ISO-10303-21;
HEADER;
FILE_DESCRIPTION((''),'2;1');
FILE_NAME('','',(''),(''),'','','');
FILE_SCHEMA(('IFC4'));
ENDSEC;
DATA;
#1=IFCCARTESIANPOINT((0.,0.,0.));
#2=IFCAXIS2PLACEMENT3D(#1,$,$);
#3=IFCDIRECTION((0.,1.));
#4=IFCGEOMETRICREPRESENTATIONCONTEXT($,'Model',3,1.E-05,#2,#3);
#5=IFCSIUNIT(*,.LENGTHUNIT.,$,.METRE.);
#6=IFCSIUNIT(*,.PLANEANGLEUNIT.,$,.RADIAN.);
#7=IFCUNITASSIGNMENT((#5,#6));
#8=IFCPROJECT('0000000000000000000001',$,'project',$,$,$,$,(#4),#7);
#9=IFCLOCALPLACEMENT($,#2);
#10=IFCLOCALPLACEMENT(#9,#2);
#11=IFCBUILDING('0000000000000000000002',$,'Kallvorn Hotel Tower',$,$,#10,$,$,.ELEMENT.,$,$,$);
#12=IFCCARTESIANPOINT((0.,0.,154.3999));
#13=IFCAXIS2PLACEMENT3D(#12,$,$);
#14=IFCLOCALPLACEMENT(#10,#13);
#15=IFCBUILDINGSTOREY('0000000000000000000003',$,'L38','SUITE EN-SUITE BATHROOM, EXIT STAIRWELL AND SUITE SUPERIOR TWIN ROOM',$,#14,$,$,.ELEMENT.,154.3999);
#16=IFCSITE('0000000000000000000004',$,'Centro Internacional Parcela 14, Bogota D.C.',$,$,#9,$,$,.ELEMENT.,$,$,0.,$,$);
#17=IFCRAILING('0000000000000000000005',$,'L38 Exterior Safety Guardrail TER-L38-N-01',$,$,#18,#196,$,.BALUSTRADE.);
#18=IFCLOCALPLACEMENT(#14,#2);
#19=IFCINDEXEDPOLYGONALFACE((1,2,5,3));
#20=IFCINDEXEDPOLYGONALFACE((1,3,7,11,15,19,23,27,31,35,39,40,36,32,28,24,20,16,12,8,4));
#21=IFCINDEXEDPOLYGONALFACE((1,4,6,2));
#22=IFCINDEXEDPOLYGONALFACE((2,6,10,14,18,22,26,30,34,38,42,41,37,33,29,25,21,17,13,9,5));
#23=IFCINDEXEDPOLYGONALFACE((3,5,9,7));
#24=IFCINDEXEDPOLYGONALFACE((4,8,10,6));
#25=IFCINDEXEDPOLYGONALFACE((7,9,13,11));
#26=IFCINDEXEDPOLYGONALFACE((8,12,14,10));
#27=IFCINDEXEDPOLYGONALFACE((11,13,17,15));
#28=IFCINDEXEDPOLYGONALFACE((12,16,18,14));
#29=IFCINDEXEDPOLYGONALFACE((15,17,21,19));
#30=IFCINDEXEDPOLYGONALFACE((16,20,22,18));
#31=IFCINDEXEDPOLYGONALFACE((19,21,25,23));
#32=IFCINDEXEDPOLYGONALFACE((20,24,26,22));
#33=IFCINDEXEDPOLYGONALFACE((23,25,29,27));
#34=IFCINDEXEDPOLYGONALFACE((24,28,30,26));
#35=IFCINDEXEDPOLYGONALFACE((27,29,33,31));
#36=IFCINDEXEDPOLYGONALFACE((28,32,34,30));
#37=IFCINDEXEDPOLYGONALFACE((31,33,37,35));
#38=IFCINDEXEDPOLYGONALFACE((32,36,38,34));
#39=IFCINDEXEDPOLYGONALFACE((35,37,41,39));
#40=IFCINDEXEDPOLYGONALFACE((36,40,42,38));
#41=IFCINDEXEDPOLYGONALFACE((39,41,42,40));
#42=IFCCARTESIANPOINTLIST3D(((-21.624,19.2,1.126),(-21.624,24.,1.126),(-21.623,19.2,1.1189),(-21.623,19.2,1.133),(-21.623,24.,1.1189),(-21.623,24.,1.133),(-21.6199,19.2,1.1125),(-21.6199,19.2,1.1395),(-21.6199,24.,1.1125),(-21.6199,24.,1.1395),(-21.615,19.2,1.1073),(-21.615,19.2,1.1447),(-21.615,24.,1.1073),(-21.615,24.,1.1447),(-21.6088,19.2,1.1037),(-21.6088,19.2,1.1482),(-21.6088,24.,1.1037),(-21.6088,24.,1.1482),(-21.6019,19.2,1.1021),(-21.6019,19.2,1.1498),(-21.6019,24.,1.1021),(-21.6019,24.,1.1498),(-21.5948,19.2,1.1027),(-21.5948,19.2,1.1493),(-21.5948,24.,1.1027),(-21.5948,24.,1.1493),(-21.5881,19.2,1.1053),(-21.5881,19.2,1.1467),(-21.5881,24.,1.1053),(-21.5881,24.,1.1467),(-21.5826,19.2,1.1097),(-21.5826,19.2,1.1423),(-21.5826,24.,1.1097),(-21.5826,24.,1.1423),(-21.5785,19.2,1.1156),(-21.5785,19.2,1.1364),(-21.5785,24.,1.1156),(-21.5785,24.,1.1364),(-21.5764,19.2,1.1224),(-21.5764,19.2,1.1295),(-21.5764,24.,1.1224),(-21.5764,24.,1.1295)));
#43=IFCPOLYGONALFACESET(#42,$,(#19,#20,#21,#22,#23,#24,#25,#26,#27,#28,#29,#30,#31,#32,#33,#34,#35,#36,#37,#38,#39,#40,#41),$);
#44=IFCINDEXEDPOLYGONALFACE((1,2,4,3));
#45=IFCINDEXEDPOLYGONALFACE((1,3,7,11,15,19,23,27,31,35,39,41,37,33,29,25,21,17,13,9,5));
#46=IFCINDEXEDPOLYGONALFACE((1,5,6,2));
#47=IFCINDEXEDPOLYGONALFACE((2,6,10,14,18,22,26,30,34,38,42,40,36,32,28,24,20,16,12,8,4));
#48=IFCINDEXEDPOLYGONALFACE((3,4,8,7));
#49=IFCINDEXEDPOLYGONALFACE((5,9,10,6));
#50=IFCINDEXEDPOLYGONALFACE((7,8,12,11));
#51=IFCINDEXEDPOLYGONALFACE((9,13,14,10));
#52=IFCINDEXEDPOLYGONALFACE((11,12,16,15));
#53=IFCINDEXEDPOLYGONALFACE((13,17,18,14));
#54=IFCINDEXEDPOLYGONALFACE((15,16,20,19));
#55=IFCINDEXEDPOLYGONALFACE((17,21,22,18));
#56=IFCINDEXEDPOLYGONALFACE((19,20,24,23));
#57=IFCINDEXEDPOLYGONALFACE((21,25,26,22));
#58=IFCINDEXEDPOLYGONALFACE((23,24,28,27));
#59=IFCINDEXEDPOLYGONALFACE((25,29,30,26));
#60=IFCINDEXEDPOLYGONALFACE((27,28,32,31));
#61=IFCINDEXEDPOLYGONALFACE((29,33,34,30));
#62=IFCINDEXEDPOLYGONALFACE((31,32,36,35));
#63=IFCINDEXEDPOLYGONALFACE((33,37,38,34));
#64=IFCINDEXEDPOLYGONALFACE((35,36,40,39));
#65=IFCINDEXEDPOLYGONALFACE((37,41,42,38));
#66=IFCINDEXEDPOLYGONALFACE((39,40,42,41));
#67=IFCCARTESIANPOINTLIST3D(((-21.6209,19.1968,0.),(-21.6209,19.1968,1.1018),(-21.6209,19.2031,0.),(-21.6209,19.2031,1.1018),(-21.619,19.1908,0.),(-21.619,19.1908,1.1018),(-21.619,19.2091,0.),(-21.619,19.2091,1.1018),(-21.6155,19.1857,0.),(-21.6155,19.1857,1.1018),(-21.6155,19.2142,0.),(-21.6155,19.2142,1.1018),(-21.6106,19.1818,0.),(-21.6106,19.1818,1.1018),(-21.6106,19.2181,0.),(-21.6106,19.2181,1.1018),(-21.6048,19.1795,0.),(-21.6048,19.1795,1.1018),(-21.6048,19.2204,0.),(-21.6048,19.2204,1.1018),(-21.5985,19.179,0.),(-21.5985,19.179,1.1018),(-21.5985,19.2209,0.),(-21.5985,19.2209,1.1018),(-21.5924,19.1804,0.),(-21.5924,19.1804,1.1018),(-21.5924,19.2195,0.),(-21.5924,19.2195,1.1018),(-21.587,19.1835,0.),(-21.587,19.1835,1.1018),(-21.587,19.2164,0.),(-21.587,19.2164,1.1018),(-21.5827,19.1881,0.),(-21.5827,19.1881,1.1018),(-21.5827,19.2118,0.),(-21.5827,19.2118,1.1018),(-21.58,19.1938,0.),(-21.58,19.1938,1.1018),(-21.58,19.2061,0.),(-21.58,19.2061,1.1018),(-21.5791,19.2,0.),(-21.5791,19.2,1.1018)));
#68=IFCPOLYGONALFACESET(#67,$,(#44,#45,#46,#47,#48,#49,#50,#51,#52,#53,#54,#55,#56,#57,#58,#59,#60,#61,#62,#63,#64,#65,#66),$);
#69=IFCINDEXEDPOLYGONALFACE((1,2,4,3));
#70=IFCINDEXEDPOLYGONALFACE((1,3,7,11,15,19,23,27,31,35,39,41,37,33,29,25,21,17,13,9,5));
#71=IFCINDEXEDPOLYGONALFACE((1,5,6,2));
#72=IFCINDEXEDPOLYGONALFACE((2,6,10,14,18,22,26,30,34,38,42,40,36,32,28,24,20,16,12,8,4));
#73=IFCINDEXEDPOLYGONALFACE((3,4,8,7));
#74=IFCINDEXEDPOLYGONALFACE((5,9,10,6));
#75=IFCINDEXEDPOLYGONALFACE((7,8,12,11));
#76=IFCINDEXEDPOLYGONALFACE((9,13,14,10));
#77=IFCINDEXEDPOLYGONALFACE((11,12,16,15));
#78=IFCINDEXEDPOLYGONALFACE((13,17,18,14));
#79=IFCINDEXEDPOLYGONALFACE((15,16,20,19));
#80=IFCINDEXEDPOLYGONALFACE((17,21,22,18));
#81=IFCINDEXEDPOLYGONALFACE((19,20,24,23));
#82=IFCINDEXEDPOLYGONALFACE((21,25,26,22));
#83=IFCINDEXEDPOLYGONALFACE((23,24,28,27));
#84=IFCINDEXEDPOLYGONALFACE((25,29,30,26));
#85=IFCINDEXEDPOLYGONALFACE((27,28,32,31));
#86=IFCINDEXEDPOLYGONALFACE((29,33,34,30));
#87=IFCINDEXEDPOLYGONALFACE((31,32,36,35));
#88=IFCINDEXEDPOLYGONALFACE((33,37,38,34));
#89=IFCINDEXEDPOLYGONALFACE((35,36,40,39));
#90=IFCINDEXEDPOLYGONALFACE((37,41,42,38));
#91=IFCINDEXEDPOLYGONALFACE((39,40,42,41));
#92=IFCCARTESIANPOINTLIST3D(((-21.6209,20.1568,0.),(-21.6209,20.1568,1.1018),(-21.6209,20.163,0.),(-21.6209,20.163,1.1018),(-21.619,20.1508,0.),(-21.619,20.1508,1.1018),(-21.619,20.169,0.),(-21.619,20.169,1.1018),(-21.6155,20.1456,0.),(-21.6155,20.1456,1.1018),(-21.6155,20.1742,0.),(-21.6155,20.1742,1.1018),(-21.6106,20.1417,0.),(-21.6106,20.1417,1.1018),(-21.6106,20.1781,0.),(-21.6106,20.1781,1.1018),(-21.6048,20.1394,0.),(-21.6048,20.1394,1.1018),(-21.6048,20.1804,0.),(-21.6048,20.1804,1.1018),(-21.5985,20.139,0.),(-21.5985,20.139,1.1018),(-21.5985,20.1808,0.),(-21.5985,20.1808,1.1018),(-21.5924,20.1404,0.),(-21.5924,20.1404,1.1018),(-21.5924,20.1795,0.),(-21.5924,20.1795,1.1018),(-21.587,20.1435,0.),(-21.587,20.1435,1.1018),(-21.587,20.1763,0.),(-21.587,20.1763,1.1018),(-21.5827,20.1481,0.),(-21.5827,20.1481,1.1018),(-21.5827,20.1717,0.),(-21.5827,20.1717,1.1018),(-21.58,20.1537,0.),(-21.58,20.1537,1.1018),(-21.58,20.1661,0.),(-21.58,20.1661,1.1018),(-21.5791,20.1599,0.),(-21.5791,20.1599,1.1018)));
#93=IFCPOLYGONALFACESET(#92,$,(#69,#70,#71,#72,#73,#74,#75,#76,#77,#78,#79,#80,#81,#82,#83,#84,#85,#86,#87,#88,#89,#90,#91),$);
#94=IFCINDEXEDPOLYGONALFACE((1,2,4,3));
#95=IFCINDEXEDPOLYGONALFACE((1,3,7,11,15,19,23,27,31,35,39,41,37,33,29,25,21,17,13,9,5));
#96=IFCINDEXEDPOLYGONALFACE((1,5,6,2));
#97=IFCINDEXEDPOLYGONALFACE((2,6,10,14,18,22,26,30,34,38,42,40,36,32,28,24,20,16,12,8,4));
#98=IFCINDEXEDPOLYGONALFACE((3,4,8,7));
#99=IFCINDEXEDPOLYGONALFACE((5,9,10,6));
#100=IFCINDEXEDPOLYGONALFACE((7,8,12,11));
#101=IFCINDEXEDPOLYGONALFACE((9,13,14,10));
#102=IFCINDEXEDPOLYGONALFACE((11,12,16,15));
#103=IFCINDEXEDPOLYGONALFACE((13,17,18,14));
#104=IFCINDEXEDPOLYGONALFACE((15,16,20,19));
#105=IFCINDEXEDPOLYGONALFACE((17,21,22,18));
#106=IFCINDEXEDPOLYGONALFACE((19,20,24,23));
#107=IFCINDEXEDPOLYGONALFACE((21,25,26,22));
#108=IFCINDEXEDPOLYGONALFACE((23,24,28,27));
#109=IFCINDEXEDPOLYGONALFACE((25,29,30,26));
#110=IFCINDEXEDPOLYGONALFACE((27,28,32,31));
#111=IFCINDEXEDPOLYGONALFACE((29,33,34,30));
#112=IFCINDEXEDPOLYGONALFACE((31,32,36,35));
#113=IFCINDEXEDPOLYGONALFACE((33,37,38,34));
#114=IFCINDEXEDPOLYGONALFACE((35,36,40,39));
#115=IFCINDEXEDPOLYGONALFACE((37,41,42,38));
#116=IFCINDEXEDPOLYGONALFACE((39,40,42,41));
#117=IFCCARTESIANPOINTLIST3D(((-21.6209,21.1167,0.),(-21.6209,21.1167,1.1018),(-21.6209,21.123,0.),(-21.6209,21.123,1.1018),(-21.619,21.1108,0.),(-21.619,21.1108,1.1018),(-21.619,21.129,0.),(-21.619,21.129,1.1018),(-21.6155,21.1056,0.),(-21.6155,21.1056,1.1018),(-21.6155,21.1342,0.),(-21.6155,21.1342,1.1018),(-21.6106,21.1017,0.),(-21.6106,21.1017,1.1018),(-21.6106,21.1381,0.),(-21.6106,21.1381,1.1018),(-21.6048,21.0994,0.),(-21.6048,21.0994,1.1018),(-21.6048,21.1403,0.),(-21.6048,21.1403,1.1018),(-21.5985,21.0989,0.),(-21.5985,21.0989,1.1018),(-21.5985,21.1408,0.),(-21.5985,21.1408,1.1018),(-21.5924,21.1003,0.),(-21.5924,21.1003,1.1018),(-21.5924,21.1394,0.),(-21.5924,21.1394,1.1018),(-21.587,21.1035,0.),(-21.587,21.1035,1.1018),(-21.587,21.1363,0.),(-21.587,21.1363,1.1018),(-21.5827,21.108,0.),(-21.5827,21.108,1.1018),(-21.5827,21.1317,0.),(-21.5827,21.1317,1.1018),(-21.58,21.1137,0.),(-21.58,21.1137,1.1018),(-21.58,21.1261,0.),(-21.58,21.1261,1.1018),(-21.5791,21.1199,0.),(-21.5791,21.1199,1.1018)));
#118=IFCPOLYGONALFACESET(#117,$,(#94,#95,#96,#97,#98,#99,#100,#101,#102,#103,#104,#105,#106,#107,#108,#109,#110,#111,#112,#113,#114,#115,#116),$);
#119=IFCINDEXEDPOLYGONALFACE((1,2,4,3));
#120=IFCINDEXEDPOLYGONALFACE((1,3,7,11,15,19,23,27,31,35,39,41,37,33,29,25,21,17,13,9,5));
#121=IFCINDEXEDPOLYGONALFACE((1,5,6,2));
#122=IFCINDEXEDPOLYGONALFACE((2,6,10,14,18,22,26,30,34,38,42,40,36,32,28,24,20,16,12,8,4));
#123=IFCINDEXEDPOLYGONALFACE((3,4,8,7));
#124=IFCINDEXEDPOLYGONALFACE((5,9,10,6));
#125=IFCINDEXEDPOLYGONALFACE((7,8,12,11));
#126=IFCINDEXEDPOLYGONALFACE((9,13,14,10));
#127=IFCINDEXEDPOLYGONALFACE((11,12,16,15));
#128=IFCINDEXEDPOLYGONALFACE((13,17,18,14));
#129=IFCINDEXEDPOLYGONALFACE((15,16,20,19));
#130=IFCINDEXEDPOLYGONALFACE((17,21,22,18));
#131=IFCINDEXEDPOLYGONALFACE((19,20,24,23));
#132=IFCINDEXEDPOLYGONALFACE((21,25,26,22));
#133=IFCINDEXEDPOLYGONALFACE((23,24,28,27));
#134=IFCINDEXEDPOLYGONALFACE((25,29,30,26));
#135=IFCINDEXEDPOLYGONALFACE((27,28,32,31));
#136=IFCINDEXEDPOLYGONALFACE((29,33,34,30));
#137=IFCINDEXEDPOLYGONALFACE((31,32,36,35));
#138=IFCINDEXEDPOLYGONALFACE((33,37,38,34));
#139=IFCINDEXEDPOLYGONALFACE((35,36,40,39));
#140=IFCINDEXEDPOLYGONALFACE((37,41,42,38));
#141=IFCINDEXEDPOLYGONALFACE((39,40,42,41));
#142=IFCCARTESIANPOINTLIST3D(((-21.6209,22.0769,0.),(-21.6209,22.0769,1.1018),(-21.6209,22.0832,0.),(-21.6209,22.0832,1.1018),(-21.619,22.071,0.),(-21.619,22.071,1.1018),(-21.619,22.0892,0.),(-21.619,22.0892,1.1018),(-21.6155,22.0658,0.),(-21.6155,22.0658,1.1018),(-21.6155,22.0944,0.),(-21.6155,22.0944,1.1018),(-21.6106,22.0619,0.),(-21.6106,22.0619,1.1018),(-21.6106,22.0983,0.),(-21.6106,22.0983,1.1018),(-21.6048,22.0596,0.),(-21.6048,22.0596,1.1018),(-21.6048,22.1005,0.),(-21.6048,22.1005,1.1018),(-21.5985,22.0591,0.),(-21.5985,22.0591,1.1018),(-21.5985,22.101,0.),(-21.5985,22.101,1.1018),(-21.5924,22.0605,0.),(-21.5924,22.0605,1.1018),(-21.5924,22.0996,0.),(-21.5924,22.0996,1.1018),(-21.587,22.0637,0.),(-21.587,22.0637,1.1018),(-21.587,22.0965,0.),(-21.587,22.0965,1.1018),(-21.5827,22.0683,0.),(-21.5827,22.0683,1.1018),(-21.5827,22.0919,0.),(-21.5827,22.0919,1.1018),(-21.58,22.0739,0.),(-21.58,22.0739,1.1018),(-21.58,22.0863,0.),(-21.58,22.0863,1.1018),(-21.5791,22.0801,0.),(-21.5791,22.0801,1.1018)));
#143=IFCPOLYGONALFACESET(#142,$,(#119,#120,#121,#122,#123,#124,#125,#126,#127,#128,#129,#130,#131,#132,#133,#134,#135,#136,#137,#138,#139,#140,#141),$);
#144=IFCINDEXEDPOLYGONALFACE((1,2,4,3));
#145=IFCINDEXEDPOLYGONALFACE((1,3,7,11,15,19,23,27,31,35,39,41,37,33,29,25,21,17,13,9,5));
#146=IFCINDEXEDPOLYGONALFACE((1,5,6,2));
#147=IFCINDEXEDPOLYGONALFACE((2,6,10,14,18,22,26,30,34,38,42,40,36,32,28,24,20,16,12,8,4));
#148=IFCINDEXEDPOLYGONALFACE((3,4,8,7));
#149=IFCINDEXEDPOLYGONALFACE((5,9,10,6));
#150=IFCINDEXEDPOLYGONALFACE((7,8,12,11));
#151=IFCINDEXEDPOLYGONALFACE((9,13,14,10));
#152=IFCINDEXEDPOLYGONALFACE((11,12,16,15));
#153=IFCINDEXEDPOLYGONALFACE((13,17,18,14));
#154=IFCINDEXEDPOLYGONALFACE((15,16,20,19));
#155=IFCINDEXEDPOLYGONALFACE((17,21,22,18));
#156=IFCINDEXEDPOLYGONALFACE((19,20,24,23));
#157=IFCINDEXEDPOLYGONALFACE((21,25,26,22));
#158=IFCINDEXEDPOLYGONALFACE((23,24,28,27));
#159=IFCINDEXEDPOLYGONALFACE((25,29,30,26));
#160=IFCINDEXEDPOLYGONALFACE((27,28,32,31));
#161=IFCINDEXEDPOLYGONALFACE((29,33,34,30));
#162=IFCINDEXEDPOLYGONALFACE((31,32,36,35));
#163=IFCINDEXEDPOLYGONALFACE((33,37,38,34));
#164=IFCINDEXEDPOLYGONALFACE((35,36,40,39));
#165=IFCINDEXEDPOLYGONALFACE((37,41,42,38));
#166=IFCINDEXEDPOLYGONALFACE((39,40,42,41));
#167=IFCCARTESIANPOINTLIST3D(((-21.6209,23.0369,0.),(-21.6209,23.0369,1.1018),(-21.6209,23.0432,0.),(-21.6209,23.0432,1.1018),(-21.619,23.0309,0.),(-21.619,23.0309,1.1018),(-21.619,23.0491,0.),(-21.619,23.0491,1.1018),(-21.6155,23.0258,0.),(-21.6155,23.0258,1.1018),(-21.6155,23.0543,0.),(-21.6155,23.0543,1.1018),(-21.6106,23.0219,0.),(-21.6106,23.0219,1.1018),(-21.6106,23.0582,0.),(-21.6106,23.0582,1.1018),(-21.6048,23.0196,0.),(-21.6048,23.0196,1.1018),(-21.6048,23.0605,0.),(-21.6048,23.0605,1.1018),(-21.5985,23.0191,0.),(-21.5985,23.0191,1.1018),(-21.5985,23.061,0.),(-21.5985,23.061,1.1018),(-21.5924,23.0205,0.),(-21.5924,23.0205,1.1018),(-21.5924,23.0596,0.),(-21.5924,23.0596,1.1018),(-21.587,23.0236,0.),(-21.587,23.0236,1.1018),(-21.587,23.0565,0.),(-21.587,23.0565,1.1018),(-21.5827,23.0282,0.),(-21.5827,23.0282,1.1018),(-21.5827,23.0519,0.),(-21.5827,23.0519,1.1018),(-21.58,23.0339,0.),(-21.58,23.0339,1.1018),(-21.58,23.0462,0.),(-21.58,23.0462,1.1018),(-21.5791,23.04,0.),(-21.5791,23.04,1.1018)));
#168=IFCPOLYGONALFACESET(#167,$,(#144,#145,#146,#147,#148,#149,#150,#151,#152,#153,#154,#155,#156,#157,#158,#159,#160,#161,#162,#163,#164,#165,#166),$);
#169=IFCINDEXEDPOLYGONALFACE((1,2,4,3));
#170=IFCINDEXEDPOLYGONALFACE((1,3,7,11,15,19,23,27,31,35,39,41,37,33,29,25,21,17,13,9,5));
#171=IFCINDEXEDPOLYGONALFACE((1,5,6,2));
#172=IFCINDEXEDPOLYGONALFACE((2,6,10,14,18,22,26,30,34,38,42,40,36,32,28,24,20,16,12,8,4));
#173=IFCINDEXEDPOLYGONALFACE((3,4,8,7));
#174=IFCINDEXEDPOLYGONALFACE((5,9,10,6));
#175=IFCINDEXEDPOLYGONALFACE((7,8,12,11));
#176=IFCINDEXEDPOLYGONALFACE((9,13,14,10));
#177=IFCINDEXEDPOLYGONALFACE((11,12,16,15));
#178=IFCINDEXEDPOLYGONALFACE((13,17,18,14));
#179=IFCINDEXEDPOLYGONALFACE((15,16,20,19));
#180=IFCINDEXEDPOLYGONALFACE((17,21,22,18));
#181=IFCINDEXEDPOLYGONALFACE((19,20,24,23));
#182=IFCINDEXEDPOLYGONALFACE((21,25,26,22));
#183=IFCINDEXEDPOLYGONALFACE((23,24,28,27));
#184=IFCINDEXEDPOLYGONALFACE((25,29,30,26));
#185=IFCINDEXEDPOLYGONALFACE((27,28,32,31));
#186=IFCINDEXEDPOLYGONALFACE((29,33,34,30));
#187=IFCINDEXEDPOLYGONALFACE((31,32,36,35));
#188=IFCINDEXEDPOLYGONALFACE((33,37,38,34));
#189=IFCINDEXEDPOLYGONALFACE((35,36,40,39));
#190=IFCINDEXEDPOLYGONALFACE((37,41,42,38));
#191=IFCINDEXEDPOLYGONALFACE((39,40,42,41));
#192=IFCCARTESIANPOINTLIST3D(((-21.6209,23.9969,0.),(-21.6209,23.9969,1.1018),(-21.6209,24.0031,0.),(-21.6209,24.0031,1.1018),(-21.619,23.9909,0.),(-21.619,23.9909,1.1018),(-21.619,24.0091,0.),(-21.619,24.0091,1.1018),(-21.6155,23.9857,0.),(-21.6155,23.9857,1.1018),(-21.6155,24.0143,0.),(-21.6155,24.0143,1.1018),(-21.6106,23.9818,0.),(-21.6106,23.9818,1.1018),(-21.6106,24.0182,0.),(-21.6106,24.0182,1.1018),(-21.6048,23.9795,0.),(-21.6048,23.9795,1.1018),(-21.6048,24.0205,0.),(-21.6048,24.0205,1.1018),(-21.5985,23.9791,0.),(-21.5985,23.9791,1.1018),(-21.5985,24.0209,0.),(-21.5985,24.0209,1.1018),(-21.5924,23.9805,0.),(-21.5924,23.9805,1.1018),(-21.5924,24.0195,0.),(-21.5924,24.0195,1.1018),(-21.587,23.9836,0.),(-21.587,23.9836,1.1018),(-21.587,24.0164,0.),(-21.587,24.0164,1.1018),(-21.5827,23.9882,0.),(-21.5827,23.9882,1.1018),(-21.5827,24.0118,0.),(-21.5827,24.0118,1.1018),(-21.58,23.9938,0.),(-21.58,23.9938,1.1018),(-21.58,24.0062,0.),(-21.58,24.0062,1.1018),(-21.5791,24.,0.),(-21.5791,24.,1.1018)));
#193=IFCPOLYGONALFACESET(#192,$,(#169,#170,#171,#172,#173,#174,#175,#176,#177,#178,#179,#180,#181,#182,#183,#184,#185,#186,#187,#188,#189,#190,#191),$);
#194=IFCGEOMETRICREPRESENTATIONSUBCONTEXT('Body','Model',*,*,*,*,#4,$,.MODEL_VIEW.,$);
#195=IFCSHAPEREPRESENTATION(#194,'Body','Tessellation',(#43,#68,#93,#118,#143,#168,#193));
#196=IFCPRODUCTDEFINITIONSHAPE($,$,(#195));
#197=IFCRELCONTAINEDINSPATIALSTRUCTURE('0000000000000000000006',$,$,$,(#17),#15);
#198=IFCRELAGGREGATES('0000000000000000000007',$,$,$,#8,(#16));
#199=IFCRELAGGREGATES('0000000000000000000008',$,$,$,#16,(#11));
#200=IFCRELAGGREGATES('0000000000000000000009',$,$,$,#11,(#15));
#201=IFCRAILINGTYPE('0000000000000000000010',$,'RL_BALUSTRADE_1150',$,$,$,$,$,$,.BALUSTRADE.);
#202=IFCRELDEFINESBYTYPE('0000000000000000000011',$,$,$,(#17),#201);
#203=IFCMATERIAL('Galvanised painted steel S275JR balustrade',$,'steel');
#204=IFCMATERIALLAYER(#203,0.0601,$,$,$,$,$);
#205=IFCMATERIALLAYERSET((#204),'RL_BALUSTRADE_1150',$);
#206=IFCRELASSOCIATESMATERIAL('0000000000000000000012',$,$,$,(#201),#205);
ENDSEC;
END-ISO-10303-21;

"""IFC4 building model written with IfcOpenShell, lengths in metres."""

from ifc_helpers import new_model, si_unit, direction, frame, origin, origin_2d, place, context, subcontext, project, spatial, circle, extrude, material, layer, layer_set, type_object, element, save


model = new_model("IFC4")

# Units and contexts
model_context = context("Model", 3, precision=1e-05, world=origin(), true_north=direction((0.0, 1.0)))
body_context = subcontext(model_context, "Body", "Model", "MODEL_VIEW")
ifc_project = project(units=[si_unit("LENGTHUNIT", "METRE"), si_unit("PLANEANGLEUNIT", "RADIAN")], contexts=[model_context])

# Site, building, storey
site_placement = place(None, origin())
site = spatial("IfcSite", under=ifc_project, at=site_placement, Name="Centro Internacional Parcela 14, Bogota D.C.", CompositionType="ELEMENT", RefElevation=0.0)
building_placement = place(site_placement, origin())
building = spatial("IfcBuilding", under=site, at=building_placement, Name="Kallvorn Hotel Tower", CompositionType="ELEMENT")
storey_placement = place(building_placement, frame((0.0, 0.0, 154.3999)))
storey = spatial("IfcBuildingStorey", under=building, at=storey_placement, Name="L38", Description="SUITE EN-SUITE BATHROOM, EXIT STAIRWELL AND SUITE SUPERIOR TWIN ROOM", CompositionType="ELEMENT", Elevation=154.3999)

# Railing
ifc_material_1 = material(Name="Galvanised painted steel S275JR balustrade", Category="steel")
ifc_layer_1 = layer(ifc_material_1, 0.0601)
ifc_layer_set_1 = layer_set([ifc_layer_1], Name="RL_BALUSTRADE_1150")
railing_type = type_object("IfcRailingType", Name="RL_BALUSTRADE_1150", PredefinedType="BALUSTRADE", material=ifc_layer_set_1)
railing_1_placement = place(storey_placement, frame((-21.6001, 19.2, 0.0)))
element("IfcRailing", 1, at=railing_1_placement, inside=storey, type_object=railing_type, Name="L38 Exterior Safety Guardrail TER-L38-N-01", PredefinedType="BALUSTRADE", context=body_context, shape_type="SweptSolid", body=[
    extrude(circle(Radius=0.0239, at=origin_2d()), frame((0.0, 0.0, 1.126), z_axis=(0.0, 1.0, 0.0), x_axis=(-1.0, 0.0, 0.0)), (0.0, 0.0, 1.0), 4.8),
    extrude(circle(Radius=0.021, at=origin_2d()), origin(), (0.0, 0.0, 1.0), 1.1018),
    extrude(circle(Radius=0.021, at=origin_2d()), frame((0.0, 0.96, 0.0)), (0.0, 0.0, 1.0), 1.1018),
    extrude(circle(Radius=0.021, at=origin_2d()), frame((0.0, 1.9199, 0.0)), (0.0, 0.0, 1.0), 1.1018),
    extrude(circle(Radius=0.021, at=origin_2d()), frame((0.0, 2.8801, 0.0)), (0.0, 0.0, 1.0), 1.1018),
    extrude(circle(Radius=0.021, at=origin_2d()), frame((0.0, 3.8401, 0.0)), (0.0, 0.0, 1.0), 1.1018),
    extrude(circle(Radius=0.021, at=origin_2d()), frame((0.0, 4.8, 0.0)), (0.0, 0.0, 1.0), 1.1018),
])

save(model, "model.ifc")
